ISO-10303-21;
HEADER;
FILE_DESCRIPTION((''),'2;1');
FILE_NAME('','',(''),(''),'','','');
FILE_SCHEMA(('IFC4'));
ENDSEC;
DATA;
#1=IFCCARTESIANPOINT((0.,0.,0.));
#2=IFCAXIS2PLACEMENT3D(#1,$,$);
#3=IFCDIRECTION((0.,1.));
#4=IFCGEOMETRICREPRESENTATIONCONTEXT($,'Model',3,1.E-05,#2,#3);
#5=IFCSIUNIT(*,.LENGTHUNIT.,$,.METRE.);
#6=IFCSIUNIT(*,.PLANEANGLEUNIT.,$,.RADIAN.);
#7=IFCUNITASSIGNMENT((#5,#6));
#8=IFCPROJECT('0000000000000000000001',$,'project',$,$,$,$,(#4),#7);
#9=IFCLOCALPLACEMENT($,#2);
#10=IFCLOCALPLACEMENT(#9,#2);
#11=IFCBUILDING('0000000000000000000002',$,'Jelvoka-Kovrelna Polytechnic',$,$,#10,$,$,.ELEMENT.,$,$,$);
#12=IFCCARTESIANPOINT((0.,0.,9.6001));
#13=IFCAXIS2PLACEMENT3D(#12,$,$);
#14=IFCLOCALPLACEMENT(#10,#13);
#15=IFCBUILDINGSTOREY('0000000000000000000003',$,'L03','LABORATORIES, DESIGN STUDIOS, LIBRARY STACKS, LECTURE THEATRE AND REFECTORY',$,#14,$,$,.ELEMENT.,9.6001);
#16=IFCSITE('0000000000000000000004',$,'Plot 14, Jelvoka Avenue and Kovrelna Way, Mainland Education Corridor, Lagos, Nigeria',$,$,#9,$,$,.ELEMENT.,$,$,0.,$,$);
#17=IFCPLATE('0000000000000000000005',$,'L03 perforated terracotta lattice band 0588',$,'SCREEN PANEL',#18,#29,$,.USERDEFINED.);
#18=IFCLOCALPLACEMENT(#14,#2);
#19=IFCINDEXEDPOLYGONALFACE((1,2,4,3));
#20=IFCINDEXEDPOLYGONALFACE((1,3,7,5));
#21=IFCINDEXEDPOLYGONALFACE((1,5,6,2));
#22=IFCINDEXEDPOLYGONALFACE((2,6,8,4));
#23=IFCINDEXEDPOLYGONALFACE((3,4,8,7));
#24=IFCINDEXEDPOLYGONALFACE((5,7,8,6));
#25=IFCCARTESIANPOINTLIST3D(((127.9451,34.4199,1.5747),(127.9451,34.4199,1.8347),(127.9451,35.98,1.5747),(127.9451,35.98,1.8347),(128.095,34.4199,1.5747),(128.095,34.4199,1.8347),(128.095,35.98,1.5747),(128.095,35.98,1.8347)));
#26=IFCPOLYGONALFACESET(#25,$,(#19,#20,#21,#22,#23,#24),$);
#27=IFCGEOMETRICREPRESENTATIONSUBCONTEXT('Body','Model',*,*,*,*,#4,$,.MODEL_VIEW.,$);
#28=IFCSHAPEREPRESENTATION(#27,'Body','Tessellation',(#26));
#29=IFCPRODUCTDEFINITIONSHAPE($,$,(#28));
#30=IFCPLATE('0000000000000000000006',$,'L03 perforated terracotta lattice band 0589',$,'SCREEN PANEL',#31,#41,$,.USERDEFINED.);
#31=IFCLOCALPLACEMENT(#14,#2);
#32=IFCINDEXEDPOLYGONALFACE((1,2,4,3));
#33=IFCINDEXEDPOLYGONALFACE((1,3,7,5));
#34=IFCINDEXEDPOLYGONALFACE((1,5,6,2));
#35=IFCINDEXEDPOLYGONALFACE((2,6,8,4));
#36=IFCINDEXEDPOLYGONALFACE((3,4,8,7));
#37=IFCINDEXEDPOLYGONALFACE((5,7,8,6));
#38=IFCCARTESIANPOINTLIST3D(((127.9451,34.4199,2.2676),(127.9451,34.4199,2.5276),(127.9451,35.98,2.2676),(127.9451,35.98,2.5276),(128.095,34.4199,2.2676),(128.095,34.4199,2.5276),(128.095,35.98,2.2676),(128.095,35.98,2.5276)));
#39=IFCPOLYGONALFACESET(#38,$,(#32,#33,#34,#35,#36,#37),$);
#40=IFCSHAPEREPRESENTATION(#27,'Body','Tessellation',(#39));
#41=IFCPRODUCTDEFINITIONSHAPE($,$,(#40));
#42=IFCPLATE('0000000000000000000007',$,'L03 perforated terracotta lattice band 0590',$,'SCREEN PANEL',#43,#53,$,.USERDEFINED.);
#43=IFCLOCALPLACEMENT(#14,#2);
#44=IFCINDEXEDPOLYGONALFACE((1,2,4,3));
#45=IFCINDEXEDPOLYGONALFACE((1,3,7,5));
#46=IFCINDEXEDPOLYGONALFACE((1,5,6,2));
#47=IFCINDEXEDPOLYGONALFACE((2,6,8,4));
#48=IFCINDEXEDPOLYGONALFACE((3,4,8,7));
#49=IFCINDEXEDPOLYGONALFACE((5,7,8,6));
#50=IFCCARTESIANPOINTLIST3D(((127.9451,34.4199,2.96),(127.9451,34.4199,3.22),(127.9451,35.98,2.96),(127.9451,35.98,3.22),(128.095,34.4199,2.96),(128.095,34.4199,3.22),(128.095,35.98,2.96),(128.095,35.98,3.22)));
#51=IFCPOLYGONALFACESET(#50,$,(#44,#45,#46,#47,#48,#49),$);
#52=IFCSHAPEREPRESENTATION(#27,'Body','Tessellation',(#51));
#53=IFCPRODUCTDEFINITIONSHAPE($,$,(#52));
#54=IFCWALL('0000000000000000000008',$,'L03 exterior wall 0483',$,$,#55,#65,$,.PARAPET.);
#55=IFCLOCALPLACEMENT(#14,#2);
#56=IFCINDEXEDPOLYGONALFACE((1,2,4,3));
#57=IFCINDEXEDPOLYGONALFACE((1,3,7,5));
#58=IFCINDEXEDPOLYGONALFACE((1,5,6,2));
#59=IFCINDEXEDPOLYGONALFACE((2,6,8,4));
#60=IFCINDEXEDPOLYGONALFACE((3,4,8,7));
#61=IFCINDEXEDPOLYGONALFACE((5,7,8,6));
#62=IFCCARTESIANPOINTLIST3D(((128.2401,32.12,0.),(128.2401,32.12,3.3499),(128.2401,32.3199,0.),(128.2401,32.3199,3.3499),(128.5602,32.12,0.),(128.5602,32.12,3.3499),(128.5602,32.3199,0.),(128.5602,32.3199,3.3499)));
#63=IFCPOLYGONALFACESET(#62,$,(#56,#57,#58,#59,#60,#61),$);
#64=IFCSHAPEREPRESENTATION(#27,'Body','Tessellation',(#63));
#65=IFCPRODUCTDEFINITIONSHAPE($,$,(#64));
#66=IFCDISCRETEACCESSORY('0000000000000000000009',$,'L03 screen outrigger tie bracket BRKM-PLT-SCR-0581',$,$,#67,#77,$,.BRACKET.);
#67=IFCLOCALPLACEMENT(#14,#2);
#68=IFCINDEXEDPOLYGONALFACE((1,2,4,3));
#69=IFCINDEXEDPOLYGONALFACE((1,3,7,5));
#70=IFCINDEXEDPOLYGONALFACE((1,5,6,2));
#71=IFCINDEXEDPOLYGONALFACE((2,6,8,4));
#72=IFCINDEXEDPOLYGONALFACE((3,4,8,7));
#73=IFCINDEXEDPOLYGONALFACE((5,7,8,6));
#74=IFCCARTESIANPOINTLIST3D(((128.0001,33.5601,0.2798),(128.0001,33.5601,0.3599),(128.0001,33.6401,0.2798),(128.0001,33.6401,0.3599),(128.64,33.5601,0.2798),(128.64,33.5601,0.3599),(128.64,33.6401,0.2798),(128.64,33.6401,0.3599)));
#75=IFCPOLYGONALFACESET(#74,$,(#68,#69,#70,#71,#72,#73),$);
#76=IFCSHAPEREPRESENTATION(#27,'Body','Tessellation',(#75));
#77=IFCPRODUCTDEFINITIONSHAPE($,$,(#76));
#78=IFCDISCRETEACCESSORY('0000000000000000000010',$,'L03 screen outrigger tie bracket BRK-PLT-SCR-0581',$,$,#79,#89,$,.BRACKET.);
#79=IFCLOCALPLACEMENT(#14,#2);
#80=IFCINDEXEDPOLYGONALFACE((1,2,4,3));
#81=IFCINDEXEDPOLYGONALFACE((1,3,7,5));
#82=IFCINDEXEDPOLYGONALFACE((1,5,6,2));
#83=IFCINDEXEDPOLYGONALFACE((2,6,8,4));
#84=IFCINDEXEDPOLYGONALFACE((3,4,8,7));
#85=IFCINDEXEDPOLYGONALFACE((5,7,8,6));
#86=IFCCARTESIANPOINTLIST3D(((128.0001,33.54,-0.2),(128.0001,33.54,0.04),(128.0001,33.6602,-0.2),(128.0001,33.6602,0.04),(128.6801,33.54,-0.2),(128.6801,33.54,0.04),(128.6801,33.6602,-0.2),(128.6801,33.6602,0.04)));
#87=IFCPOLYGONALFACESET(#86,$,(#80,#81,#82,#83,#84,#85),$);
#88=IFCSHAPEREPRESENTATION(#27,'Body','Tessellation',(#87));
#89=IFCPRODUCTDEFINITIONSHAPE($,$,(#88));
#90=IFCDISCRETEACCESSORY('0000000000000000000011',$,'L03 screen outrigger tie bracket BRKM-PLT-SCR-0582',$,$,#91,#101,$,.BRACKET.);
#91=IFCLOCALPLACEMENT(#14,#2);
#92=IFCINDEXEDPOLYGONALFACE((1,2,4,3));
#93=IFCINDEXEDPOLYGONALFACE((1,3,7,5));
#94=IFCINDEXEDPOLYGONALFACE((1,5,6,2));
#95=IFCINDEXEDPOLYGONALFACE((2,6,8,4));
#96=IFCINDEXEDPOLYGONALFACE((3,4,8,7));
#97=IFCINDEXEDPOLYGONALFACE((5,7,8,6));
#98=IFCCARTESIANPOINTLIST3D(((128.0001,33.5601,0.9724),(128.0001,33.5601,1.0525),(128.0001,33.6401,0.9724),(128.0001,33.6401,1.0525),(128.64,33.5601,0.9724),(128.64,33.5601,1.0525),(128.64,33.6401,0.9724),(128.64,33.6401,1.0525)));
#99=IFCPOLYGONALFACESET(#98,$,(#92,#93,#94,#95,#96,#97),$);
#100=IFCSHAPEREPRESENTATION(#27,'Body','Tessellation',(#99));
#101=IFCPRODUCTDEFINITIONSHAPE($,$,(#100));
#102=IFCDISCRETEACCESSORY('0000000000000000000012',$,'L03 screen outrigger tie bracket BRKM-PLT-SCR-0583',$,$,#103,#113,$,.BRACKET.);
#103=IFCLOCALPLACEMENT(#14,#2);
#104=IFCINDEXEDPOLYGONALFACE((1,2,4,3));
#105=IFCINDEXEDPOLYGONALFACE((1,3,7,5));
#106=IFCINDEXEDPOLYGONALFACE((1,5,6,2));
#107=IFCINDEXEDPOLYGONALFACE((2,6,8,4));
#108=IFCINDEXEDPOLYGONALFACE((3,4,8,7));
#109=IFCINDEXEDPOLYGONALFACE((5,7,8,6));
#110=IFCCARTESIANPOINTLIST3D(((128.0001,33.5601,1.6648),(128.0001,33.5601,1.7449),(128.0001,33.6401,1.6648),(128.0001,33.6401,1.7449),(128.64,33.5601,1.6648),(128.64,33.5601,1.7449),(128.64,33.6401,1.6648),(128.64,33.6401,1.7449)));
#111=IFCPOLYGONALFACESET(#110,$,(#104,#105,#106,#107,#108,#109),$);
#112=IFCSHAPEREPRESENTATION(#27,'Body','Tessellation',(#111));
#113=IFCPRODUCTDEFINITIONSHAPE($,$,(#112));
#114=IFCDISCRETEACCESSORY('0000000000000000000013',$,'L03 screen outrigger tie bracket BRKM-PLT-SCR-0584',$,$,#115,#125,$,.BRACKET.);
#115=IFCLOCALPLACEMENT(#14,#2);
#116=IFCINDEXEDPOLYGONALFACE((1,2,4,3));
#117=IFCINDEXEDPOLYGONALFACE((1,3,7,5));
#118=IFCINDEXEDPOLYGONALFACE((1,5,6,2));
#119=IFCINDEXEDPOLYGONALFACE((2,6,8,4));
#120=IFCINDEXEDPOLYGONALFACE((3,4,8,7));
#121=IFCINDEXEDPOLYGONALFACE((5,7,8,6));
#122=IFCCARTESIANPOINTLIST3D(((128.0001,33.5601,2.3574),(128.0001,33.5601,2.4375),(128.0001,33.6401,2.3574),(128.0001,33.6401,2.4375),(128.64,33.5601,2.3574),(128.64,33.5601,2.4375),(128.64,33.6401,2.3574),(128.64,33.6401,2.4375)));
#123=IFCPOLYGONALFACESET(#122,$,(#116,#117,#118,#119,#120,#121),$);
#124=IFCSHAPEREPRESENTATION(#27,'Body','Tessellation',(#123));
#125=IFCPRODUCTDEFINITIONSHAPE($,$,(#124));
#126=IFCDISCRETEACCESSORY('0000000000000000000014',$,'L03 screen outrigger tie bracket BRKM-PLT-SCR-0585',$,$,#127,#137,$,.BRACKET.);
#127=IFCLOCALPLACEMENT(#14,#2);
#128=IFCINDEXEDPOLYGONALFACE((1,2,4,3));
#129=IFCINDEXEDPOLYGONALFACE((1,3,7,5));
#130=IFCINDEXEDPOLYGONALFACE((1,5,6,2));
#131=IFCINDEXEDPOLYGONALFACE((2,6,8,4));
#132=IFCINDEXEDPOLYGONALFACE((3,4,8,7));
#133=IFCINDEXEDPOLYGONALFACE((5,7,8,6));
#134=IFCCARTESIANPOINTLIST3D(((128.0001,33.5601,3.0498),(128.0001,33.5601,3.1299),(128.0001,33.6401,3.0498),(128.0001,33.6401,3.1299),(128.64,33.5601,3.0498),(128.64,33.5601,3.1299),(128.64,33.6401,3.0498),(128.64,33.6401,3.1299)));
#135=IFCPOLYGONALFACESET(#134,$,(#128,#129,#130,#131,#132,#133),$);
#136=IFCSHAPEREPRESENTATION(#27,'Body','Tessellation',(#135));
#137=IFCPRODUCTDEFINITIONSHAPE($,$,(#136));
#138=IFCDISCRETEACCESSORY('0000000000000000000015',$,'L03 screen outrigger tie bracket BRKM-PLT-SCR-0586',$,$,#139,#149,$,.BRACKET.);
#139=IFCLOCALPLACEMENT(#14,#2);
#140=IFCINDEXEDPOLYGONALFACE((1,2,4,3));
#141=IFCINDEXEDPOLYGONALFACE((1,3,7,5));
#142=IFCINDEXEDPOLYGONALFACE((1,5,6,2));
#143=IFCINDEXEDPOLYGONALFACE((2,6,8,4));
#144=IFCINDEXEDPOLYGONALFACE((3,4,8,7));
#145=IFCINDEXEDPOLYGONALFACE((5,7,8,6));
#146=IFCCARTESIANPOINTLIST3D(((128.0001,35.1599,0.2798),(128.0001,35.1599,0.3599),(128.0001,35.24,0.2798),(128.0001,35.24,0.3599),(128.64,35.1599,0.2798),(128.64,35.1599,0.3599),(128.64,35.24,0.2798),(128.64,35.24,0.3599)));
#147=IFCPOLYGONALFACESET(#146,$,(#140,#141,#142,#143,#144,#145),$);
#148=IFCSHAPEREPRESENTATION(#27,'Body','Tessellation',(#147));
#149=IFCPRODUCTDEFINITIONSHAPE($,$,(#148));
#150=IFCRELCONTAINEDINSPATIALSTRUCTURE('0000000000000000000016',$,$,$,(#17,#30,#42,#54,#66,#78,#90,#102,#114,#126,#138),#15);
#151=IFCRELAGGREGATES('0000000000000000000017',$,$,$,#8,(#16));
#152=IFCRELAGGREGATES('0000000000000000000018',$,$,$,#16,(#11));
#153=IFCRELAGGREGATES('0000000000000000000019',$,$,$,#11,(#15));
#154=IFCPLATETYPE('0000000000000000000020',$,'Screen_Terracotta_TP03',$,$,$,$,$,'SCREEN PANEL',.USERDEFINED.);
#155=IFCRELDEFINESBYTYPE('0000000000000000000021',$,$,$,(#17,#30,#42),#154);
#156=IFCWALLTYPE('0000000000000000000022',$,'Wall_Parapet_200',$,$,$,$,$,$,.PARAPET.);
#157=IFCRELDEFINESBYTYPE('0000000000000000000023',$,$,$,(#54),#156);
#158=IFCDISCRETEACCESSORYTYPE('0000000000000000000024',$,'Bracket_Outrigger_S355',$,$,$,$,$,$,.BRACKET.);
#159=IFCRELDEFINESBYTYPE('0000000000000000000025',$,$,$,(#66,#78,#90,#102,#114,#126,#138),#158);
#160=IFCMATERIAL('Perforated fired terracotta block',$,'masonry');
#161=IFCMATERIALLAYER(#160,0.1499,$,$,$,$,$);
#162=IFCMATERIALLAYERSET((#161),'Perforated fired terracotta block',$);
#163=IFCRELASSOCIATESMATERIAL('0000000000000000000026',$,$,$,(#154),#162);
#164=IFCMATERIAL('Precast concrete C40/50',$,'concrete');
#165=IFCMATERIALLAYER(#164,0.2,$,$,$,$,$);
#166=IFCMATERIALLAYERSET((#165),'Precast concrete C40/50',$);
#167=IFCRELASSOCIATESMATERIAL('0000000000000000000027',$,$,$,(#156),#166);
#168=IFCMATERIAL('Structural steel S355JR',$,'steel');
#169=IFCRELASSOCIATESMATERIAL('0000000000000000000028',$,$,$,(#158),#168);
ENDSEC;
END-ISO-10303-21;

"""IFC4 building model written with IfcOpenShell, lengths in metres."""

from ifc_helpers import new_model, si_unit, direction, frame, frame_2d, origin, origin_2d, place, context, subcontext, project, spatial, rectangle, extrude, material, layer, layer_set, type_object, element, save


model = new_model("IFC4")

# Units and contexts
model_context = context("Model", 3, precision=1e-05, world=origin(), true_north=direction((0.0, 1.0)))
body_context = subcontext(model_context, "Body", "Model", "MODEL_VIEW")
ifc_project = project(units=[si_unit("LENGTHUNIT", "METRE"), si_unit("PLANEANGLEUNIT", "RADIAN")], contexts=[model_context])

# Site, building, storey
site_placement = place(None, origin())
site = spatial("IfcSite", under=ifc_project, at=site_placement, Name="Plot 14, Jelvoka Avenue and Kovrelna Way, Mainland Education Corridor, Lagos, Nigeria", CompositionType="ELEMENT", RefElevation=0.0)
building_placement = place(site_placement, origin())
building = spatial("IfcBuilding", under=site, at=building_placement, Name="Jelvoka-Kovrelna Polytechnic", CompositionType="ELEMENT")
storey_placement = place(building_placement, frame((0.0, 0.0, 9.6001)))
storey = spatial("IfcBuildingStorey", under=building, at=storey_placement, Name="L03", Description="LABORATORIES, DESIGN STUDIOS, LIBRARY STACKS, LECTURE THEATRE AND REFECTORY", CompositionType="ELEMENT", Elevation=9.6001)

# Plates
ifc_material_1 = material(Name="Perforated fired terracotta block", Category="masonry")
ifc_layer_1 = layer(ifc_material_1, 0.1499)
ifc_layer_set_1 = layer_set([ifc_layer_1], Name="Perforated fired terracotta block")
plate_type = type_object("IfcPlateType", Name="Screen_Terracotta_TP03", ElementType="SCREEN PANEL", PredefinedType="USERDEFINED", material=ifc_layer_set_1)
for number, where, z_axis, x_axis, name in (
    (1, (128.02, 35.2, 1.5747), (0.0, 0.0, 1.0), (0.0, 1.0, 0.0), "L03 perforated terracotta lattice band 0588"),
    (2, (128.02, 35.2, 2.2676), (0.0, 0.0, 1.0), (0.0, 1.0, 0.0), "L03 perforated terracotta lattice band 0589"),
    (3, (128.02, 35.2, 2.96), (0.0, 0.0, 1.0), (0.0, 1.0, 0.0), "L03 perforated terracotta lattice band 0590"),
):
    element("IfcPlate", number, at=place(storey_placement, frame(where, z_axis=z_axis, x_axis=x_axis)), inside=storey, type_object=plate_type, Name=name, ObjectType="SCREEN PANEL", PredefinedType="USERDEFINED", context=body_context, shape_type="SweptSolid", body=[
        extrude(rectangle(XDim=1.5601, YDim=0.1499, at=origin_2d()), origin(), (0.0, 0.0, 1.0), 0.26),
    ])

# Wall
ifc_material_2 = material(Name="Precast concrete C40/50", Category="concrete")
ifc_layer_2 = layer(ifc_material_2, 0.2)
ifc_layer_set_2 = layer_set([ifc_layer_2], Name="Precast concrete C40/50")
wall_type = type_object("IfcWallType", Name="Wall_Parapet_200", PredefinedType="PARAPET", material=ifc_layer_set_2)
wall_placement = place(storey_placement, frame((128.24, 32.22, 0.0), z_axis=(0.0, 0.0, 1.0), x_axis=(1.0, 0.0, 0.0)))
element("IfcWall", 4, at=wall_placement, inside=storey, type_object=wall_type, Name="L03 exterior wall 0483", PredefinedType="PARAPET", context=body_context, shape_type="SweptSolid", body=[
    extrude(rectangle(XDim=0.3201, YDim=0.2, at=frame_2d((0.1602, 0.0))), origin(), (0.0, 0.0, 1.0), 3.3499),
])

# Discrete accessories
ifc_material_3 = material(Name="Structural steel S355JR", Category="steel")
discrete_accessory_type = type_object("IfcDiscreteAccessoryType", Name="Bracket_Outrigger_S355", PredefinedType="BRACKET", material=ifc_material_3)
discrete_accessory_1_placement = place(storey_placement, frame((128.3201, 33.6001, 0.2798), z_axis=(0.0, 0.0, 1.0), x_axis=(1.0, 0.0, 0.0)))
element("IfcDiscreteAccessory", 5, at=discrete_accessory_1_placement, inside=storey, type_object=discrete_accessory_type, Name="L03 screen outrigger tie bracket BRKM-PLT-SCR-0581", PredefinedType="BRACKET", context=body_context, shape_type="SweptSolid", body=[
    extrude(rectangle(XDim=0.6399, YDim=0.0801, at=origin_2d()), origin(), (0.0, 0.0, 1.0), 0.0801),
])
discrete_accessory_2_placement = place(storey_placement, frame((128.3401, 33.6001, -0.2), z_axis=(0.0, 0.0, 1.0), x_axis=(1.0, 0.0, 0.0)))
element("IfcDiscreteAccessory", 6, at=discrete_accessory_2_placement, inside=storey, type_object=discrete_accessory_type, Name="L03 screen outrigger tie bracket BRK-PLT-SCR-0581", PredefinedType="BRACKET", context=body_context, shape_type="SweptSolid", body=[
    extrude(rectangle(XDim=0.6799, YDim=0.1201, at=origin_2d()), origin(), (0.0, 0.0, 1.0), 0.24),
])
for number, where, z_axis, x_axis, name in (
    (7, (128.3201, 33.6001, 0.9724), (0.0, 0.0, 1.0), (1.0, 0.0, 0.0), "L03 screen outrigger tie bracket BRKM-PLT-SCR-0582"),
    (8, (128.3201, 33.6001, 1.6648), (0.0, 0.0, 1.0), (1.0, 0.0, 0.0), "L03 screen outrigger tie bracket BRKM-PLT-SCR-0583"),
    (9, (128.3201, 33.6001, 2.3574), (0.0, 0.0, 1.0), (1.0, 0.0, 0.0), "L03 screen outrigger tie bracket BRKM-PLT-SCR-0584"),
    (10, (128.3201, 33.6001, 3.0498), (0.0, 0.0, 1.0), (1.0, 0.0, 0.0), "L03 screen outrigger tie bracket BRKM-PLT-SCR-0585"),
    (11, (128.3201, 35.2, 0.2798), (0.0, 0.0, 1.0), (1.0, 0.0, 0.0), "L03 screen outrigger tie bracket BRKM-PLT-SCR-0586"),
):
    element("IfcDiscreteAccessory", number, at=place(storey_placement, frame(where, z_axis=z_axis, x_axis=x_axis)), inside=storey, type_object=discrete_accessory_type, Name=name, PredefinedType="BRACKET", context=body_context, shape_type="SweptSolid", body=[
        extrude(rectangle(XDim=0.6399, YDim=0.0801, at=origin_2d()), origin(), (0.0, 0.0, 1.0), 0.0801),
    ])

save(model, "model.ifc")
